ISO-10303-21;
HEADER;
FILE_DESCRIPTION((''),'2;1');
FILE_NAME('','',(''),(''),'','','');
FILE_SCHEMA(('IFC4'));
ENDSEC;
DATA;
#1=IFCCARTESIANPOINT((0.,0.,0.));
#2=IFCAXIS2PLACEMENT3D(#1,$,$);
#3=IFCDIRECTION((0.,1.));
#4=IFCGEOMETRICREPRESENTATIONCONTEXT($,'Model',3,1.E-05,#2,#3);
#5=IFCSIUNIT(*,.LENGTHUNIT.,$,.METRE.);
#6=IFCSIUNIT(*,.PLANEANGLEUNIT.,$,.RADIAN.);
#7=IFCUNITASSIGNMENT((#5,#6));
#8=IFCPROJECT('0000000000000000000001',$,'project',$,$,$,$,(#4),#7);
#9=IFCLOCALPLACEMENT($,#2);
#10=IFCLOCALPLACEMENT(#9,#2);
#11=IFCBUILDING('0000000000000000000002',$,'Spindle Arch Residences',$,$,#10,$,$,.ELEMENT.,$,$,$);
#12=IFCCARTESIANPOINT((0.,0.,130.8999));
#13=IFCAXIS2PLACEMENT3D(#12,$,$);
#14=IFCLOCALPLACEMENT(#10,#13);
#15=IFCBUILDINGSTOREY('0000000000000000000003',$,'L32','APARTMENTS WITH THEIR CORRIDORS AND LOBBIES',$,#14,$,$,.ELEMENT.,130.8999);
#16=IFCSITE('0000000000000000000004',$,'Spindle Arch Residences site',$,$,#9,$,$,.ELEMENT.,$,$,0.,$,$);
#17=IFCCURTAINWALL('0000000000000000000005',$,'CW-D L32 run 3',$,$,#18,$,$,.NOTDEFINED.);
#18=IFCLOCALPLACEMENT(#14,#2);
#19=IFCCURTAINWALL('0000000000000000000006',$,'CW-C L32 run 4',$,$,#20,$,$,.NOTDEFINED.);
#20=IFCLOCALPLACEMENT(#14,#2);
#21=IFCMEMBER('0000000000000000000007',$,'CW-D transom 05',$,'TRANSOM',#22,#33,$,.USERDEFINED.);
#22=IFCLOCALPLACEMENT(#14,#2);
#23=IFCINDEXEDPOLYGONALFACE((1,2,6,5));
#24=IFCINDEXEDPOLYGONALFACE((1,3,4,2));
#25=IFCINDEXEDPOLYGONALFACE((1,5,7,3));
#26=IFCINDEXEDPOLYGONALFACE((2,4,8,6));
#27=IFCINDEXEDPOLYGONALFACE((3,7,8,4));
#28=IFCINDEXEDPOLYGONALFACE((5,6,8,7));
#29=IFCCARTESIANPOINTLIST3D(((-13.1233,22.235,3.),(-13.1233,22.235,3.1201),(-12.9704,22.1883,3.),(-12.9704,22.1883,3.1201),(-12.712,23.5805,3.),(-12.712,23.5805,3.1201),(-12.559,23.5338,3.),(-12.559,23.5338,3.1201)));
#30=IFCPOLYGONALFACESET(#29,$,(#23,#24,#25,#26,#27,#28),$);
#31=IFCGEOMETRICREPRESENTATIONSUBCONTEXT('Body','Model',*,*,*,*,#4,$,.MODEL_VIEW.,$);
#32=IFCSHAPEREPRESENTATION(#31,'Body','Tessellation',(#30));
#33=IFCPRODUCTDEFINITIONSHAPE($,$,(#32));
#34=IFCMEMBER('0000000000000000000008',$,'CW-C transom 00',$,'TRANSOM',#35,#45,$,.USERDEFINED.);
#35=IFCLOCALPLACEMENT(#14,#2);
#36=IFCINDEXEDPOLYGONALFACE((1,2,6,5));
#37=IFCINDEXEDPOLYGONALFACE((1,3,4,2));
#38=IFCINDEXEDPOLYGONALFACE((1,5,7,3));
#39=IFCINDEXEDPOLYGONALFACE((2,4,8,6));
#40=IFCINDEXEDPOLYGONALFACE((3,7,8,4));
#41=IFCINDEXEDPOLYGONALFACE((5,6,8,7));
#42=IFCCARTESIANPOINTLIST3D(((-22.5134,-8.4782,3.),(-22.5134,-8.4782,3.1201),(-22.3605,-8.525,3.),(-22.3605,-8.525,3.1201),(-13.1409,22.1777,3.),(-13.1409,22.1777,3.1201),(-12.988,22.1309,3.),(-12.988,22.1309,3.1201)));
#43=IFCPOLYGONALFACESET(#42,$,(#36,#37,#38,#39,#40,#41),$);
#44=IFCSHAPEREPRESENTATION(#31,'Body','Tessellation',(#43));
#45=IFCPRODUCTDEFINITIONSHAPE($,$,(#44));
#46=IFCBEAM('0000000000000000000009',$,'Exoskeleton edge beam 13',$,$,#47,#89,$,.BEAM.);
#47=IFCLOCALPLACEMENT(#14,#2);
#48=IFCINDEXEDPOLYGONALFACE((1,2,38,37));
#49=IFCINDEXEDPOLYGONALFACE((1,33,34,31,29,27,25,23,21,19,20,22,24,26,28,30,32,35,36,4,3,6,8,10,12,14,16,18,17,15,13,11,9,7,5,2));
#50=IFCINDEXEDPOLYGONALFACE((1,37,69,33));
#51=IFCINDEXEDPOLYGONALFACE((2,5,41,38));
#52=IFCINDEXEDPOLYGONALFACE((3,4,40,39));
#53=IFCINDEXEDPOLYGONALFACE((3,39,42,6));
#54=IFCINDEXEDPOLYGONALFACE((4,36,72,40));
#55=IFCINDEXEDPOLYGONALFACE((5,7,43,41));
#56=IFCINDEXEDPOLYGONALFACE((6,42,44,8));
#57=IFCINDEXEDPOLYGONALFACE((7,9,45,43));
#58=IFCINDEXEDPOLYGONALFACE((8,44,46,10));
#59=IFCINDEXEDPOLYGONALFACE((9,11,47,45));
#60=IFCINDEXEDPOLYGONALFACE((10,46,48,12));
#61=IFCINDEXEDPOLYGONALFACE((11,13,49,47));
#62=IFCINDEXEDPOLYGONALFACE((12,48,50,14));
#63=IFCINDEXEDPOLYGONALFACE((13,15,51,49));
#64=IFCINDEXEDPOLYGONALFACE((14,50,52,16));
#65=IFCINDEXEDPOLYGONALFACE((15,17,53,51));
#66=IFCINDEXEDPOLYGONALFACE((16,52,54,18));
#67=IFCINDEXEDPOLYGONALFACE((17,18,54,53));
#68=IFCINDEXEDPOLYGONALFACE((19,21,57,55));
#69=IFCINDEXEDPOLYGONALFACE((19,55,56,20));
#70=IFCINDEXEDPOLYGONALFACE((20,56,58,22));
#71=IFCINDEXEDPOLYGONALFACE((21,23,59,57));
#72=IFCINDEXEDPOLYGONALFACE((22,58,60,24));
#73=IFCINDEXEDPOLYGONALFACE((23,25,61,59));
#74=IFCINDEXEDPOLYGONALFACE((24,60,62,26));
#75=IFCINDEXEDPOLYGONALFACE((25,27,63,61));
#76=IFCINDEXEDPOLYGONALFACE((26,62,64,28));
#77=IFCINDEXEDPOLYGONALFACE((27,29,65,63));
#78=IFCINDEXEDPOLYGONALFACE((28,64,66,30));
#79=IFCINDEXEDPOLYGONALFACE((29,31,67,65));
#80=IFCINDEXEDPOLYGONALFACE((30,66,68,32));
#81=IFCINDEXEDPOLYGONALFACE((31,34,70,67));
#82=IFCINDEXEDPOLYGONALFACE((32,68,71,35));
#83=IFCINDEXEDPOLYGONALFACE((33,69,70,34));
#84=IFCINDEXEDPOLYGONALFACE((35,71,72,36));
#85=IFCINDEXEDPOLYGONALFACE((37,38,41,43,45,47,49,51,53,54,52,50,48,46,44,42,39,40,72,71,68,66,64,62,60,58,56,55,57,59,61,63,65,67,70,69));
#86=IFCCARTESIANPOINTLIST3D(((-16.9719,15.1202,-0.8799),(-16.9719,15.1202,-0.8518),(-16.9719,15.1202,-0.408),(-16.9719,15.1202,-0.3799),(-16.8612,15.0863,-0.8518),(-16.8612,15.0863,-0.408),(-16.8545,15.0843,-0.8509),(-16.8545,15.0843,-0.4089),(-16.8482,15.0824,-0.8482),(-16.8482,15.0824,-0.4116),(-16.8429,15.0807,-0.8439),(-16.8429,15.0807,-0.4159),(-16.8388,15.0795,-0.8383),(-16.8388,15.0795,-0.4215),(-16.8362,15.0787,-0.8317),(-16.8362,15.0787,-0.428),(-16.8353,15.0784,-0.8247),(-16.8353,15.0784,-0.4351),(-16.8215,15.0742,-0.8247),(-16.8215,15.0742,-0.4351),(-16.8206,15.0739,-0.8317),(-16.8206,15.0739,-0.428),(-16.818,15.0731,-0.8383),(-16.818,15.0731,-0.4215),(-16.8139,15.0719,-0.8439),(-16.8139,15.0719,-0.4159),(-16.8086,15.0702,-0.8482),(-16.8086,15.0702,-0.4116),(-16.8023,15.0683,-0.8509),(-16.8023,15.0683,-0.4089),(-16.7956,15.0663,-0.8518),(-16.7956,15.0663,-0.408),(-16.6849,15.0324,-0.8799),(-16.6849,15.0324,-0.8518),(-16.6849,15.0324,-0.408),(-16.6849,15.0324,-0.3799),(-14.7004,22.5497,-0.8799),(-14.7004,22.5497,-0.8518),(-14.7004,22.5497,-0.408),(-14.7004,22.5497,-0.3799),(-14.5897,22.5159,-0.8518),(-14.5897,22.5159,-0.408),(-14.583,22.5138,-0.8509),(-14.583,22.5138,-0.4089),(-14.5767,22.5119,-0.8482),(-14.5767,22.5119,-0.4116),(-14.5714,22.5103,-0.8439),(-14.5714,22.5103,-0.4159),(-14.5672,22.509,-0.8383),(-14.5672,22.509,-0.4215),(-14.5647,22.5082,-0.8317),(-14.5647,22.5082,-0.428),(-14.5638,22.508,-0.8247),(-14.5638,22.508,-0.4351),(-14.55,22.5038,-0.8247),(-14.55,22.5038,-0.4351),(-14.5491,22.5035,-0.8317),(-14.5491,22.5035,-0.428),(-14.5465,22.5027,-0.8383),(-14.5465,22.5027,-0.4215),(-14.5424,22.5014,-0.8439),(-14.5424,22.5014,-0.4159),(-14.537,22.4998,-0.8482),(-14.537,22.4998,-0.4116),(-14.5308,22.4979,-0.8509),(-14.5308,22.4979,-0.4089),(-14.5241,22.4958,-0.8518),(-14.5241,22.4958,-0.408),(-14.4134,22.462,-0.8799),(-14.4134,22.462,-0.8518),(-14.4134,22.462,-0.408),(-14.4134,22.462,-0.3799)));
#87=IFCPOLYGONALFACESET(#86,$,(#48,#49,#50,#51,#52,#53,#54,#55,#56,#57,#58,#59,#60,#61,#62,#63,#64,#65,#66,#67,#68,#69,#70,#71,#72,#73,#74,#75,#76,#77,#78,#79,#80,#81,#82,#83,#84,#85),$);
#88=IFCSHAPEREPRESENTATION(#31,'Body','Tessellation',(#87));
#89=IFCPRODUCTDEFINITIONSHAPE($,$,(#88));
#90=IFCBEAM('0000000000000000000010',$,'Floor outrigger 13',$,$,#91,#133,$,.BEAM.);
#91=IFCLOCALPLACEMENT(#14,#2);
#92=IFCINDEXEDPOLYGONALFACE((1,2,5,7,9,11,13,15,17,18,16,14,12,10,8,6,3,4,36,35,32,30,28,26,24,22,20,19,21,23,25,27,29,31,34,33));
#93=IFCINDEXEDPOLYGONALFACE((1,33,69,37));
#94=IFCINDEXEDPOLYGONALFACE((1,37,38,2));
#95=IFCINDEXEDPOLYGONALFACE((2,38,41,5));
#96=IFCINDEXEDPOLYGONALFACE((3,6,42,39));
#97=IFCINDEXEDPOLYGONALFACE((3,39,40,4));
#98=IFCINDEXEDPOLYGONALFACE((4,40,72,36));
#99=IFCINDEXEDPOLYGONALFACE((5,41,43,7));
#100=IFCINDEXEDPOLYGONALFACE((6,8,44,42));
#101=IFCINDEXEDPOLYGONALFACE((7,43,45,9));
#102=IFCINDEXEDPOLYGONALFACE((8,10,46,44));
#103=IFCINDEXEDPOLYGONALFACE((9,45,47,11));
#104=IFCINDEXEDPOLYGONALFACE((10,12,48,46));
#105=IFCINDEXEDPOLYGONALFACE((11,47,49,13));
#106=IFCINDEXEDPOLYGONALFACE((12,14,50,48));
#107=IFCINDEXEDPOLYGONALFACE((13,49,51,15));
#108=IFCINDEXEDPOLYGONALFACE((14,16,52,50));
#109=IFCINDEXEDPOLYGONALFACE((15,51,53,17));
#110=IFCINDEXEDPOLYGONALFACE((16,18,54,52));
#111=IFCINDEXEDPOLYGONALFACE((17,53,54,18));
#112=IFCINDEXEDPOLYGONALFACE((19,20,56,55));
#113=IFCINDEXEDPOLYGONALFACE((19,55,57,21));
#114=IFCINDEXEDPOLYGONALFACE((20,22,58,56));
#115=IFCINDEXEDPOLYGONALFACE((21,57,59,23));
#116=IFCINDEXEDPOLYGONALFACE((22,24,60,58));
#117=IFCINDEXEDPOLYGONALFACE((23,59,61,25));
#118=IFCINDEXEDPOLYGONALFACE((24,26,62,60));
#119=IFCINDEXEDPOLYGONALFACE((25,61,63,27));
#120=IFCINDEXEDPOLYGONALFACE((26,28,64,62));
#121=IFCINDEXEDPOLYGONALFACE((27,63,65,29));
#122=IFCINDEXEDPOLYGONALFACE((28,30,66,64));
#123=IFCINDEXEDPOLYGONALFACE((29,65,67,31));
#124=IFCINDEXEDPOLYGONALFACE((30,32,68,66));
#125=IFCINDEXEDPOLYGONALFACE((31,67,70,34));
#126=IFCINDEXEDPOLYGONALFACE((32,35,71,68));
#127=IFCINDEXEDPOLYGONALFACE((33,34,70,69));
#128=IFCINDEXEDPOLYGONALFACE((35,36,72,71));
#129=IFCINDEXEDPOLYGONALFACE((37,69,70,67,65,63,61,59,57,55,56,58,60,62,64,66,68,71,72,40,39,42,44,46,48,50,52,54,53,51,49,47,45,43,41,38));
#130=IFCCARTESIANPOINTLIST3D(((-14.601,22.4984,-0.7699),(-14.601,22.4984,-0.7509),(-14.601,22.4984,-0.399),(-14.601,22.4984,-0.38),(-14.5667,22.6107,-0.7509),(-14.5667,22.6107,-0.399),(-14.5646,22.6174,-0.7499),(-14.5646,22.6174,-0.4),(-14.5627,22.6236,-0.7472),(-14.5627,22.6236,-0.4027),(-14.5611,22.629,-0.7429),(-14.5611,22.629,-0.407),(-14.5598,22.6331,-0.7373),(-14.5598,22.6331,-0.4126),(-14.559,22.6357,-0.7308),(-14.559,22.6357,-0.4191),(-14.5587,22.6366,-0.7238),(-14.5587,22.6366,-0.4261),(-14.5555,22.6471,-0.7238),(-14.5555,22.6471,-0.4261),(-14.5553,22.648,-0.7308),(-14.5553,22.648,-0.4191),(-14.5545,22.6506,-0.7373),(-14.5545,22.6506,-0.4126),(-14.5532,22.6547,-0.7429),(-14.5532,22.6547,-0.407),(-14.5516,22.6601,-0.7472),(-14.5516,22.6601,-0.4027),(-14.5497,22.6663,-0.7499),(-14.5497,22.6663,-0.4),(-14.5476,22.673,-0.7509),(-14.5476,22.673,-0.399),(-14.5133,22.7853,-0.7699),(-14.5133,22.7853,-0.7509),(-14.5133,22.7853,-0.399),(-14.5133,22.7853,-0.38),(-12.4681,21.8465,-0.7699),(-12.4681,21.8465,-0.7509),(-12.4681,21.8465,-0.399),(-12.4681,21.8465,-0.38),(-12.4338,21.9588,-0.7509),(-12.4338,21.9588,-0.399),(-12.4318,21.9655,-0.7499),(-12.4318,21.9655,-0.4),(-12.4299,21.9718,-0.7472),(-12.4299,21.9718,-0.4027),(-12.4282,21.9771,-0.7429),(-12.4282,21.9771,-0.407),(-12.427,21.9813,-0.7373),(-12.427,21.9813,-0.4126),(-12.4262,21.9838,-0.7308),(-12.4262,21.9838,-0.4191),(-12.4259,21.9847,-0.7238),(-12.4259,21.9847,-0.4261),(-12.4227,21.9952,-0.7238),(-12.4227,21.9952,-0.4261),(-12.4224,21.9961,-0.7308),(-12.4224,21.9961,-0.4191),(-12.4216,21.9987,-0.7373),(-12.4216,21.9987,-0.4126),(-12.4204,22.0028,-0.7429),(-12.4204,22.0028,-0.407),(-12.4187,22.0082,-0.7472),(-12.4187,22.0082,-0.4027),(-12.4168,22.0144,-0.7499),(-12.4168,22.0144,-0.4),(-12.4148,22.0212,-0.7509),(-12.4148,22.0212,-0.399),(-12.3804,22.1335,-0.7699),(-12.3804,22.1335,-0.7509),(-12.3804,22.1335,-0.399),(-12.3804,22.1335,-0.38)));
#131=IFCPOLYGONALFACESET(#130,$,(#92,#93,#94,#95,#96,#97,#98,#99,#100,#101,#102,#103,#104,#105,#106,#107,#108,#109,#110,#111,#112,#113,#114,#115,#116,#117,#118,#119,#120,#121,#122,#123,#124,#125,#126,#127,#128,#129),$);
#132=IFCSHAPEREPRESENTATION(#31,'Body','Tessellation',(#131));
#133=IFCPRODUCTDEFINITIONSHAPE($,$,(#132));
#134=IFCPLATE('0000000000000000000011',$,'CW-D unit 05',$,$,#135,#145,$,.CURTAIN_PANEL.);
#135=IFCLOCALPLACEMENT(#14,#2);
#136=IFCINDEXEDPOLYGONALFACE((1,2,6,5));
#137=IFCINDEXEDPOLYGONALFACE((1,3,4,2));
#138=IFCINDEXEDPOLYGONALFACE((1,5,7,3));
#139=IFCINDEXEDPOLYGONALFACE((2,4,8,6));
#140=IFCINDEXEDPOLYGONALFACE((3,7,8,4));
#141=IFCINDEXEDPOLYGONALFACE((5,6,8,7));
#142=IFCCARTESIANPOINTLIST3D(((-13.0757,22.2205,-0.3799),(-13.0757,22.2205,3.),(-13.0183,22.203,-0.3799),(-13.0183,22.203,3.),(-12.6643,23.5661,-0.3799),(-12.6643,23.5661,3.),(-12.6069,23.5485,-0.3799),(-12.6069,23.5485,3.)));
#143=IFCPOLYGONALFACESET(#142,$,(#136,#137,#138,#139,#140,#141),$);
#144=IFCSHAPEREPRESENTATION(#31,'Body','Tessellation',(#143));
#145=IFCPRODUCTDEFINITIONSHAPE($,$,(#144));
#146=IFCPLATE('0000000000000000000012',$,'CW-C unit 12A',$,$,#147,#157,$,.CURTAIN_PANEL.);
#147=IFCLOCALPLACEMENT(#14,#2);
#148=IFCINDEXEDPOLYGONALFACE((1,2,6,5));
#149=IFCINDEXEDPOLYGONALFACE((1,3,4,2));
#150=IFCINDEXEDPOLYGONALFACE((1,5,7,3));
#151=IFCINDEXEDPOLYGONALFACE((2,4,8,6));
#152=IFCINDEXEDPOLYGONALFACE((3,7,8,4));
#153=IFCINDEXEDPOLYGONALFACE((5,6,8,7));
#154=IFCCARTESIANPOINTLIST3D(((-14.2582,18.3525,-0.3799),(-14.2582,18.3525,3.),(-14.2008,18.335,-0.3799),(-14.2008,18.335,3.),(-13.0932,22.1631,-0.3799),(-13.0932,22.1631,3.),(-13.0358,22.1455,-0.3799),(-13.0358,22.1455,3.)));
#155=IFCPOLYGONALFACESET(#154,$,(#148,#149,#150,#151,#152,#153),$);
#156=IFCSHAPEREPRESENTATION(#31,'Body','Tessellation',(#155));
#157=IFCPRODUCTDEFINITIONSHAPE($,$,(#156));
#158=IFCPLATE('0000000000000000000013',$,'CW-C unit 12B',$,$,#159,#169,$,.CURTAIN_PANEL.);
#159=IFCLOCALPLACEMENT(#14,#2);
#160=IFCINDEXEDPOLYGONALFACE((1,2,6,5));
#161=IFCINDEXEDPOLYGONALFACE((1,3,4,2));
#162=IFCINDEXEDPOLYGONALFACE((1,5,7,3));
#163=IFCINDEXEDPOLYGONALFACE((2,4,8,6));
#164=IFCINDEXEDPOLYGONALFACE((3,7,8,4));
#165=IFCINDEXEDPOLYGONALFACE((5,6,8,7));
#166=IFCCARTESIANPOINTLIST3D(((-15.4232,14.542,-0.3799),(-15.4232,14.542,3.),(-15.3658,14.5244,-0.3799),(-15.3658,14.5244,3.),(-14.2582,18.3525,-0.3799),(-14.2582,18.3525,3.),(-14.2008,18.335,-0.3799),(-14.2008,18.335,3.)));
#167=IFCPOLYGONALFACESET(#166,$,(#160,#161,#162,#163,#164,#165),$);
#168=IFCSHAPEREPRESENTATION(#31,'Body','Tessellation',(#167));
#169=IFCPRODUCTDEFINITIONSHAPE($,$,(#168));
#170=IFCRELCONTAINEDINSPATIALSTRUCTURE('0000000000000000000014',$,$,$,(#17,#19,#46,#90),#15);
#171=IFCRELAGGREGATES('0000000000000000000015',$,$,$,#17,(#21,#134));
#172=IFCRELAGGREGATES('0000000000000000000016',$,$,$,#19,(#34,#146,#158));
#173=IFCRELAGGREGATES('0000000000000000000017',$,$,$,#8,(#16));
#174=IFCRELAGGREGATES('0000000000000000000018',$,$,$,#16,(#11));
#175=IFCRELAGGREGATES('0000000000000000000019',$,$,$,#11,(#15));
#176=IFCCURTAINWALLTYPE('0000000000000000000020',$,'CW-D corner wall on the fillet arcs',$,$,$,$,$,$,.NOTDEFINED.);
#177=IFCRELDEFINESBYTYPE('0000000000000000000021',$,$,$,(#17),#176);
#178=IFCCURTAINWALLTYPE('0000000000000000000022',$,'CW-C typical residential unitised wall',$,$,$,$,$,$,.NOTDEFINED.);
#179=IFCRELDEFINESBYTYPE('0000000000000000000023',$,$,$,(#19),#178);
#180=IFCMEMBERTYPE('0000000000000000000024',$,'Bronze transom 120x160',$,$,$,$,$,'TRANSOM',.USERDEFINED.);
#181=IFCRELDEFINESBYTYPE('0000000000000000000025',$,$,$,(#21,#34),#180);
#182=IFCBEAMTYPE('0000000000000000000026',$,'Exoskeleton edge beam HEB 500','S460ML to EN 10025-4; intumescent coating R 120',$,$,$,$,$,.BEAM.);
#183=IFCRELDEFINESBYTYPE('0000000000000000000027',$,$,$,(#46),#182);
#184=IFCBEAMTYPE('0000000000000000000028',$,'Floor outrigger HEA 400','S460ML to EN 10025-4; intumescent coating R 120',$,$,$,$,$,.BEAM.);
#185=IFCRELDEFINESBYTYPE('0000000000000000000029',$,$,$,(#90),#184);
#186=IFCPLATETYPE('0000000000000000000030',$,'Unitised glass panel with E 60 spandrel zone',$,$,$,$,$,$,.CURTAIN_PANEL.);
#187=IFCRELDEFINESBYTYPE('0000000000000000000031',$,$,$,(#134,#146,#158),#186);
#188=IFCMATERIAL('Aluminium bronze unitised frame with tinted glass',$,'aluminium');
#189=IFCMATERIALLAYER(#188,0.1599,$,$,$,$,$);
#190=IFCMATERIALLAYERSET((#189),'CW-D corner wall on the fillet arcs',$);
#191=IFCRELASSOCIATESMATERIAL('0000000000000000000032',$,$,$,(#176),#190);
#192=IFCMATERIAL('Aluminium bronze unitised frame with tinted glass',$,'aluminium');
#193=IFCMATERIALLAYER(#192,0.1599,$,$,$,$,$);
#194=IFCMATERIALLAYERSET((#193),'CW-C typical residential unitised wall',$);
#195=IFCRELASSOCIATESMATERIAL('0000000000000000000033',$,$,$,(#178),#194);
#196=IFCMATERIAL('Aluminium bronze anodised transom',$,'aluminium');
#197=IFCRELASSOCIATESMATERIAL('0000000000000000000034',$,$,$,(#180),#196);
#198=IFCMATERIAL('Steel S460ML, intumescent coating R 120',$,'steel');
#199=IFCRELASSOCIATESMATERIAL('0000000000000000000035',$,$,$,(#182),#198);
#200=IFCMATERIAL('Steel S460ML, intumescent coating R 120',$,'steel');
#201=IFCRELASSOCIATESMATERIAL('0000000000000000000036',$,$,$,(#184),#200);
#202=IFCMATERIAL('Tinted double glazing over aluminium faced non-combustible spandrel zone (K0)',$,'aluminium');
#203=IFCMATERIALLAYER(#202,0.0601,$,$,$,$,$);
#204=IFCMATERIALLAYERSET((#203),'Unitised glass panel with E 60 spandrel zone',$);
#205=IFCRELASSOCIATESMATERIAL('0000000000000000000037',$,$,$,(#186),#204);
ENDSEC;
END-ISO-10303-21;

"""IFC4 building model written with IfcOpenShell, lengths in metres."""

from ifc_helpers import new_model, si_unit, direction, frame, origin, origin_2d, place, context, subcontext, project, spatial, rectangle, i_section, extrude, material, layer, layer_set, material_profile, profile_set, type_object, element, aggregate, save


model = new_model("IFC4")

# Units and contexts
model_context = context("Model", 3, precision=1e-05, world=origin(), true_north=direction((0.0, 1.0)))
body_context = subcontext(model_context, "Body", "Model", "MODEL_VIEW")
ifc_project = project(units=[si_unit("LENGTHUNIT", "METRE"), si_unit("PLANEANGLEUNIT", "RADIAN")], contexts=[model_context])

# Site, building, storey
site_placement = place(None, origin())
site = spatial("IfcSite", under=ifc_project, at=site_placement, Name="Spindle Arch Residences site", CompositionType="ELEMENT", RefElevation=0.0)
building_placement = place(site_placement, origin())
building = spatial("IfcBuilding", under=site, at=building_placement, Name="Spindle Arch Residences", CompositionType="ELEMENT")
storey_placement = place(building_placement, frame((0.0, 0.0, 130.8999)))
storey = spatial("IfcBuildingStorey", under=building, at=storey_placement, Name="L32", Description="APARTMENTS WITH THEIR CORRIDORS AND LOBBIES", CompositionType="ELEMENT", Elevation=130.8999)

# Curtain walls
ifc_material_1 = material(Name="Aluminium bronze unitised frame with tinted glass", Category="aluminium")
ifc_layer_1 = layer(ifc_material_1, 0.1599)
ifc_layer_set_1 = layer_set([ifc_layer_1], Name="CW-D corner wall on the fillet arcs")
curtain_wall_type_1 = type_object("IfcCurtainWallType", Name="CW-D corner wall on the fillet arcs", PredefinedType="NOTDEFINED", material=ifc_layer_set_1)
curtain_wall_1_placement = place(storey_placement, origin())
curtain_wall_1 = element("IfcCurtainWall", 1, at=curtain_wall_1_placement, inside=storey, type_object=curtain_wall_type_1, Name="CW-D L32 run 3", PredefinedType="NOTDEFINED")
ifc_material_2 = material(Name="Aluminium bronze unitised frame with tinted glass", Category="aluminium")
ifc_layer_2 = layer(ifc_material_2, 0.1599)
ifc_layer_set_2 = layer_set([ifc_layer_2], Name="CW-C typical residential unitised wall")
curtain_wall_type_2 = type_object("IfcCurtainWallType", Name="CW-C typical residential unitised wall", PredefinedType="NOTDEFINED", material=ifc_layer_set_2)
curtain_wall_2_placement = place(storey_placement, origin())
curtain_wall_2 = element("IfcCurtainWall", 2, at=curtain_wall_2_placement, inside=storey, type_object=curtain_wall_type_2, Name="CW-C L32 run 4", PredefinedType="NOTDEFINED")

# Members
ifc_material_3 = material(Name="Aluminium bronze anodised transom", Category="aluminium")
ifc_material_profile_1 = material_profile(ifc_material_3, rectangle(XDim=0.1599, YDim=0.1201, at=origin_2d()), Name="TR 120x160")
ifc_profile_set_1 = profile_set([ifc_material_profile_1], Name="Aluminium bronze anodised transom")
member_type_1 = type_object("IfcMemberType", Name="Bronze transom 120x160", ElementType="TRANSOM", PredefinedType="USERDEFINED", material=ifc_profile_set_1)
member_1_placement = place(storey_placement, frame((-12.6355, 23.5571, 3.0601), z_axis=(-0.29239, -0.956299, 0.0), x_axis=(0.956299, -0.29239, 0.0)))
member_1 = element("IfcMember", 3, at=member_1_placement, type_object=member_type_1, Name="CW-D transom 05", ObjectType="TRANSOM", PredefinedType="USERDEFINED", context=body_context, shape_type="SweptSolid", body=[
    extrude(rectangle(XDim=0.1599, YDim=0.1201, at=origin_2d()), origin(), (0.0, 0.0, 1.0), 1.407),
])
member_2_placement = place(storey_placement, frame((-13.0645, 22.1543, 3.0601), z_axis=(-0.292374, -0.956304, 0.0), x_axis=(0.956304, -0.292374, 0.0)))
member_2 = element("IfcMember", 4, at=member_2_placement, type_object=member_type_1, Name="CW-C transom 00", ObjectType="TRANSOM", PredefinedType="USERDEFINED", context=body_context, shape_type="SweptSolid", body=[
    extrude(rectangle(XDim=0.1599, YDim=0.1201, at=origin_2d()), origin(), (0.0, 0.0, 1.0), 32.0566),
])

# Beams
ifc_material_4 = material(Name="Steel S460ML, intumescent coating R 120", Category="steel")
ifc_material_profile_2 = material_profile(ifc_material_4, i_section(OverallWidth=0.3, OverallDepth=0.5, WebThickness=0.0144, FlangeThickness=0.0281, FilletRadius=0.0271, at=origin_2d()), Name="HEB 500")
ifc_profile_set_2 = profile_set([ifc_material_profile_2], Name="Steel S460ML, intumescent coating R 120")
beam_type_1 = type_object("IfcBeamType", Name="Exoskeleton edge beam HEB 500", Description="S460ML to EN 10025-4; intumescent coating R 120", PredefinedType="BEAM", material=ifc_profile_set_2)
beam_1_placement = place(storey_placement, frame((-14.5569, 22.5059, -0.6299), z_axis=(-0.292381, -0.956302, 0.0), x_axis=(0.956302, -0.292381, 0.0)))
element("IfcBeam", 5, at=beam_1_placement, inside=storey, type_object=beam_type_1, Name="Exoskeleton edge beam 13", PredefinedType="BEAM", context=body_context, shape_type="SweptSolid", body=[
    extrude(i_section(OverallWidth=0.3, OverallDepth=0.5, WebThickness=0.0144, FlangeThickness=0.0281, FilletRadius=0.0271, at=origin_2d()), origin(), (0.0, 0.0, 1.0), 7.769),
])
ifc_material_5 = material(Name="Steel S460ML, intumescent coating R 120", Category="steel")
ifc_material_profile_3 = material_profile(ifc_material_5, i_section(OverallWidth=0.3, OverallDepth=0.3899, WebThickness=0.011, FlangeThickness=0.019, FilletRadius=0.0271, at=origin_2d()), Name="HEA 400")
ifc_profile_set_3 = profile_set([ifc_material_profile_3], Name="Steel S460ML, intumescent coating R 120")
beam_type_2 = type_object("IfcBeamType", Name="Floor outrigger HEA 400", Description="S460ML to EN 10025-4; intumescent coating R 120", PredefinedType="BEAM", material=ifc_profile_set_3)
beam_2_placement = place(storey_placement, frame((-14.5571, 22.6418, -0.575), z_axis=(0.956331, -0.292285, 0.0), x_axis=(0.292285, 0.956331, 0.0)))
element("IfcBeam", 6, at=beam_2_placement, inside=storey, type_object=beam_type_2, Name="Floor outrigger 13", PredefinedType="BEAM", context=body_context, shape_type="SweptSolid", body=[
    extrude(i_section(OverallWidth=0.3, OverallDepth=0.3899, WebThickness=0.011, FlangeThickness=0.019, FilletRadius=0.0271, at=origin_2d()), origin(), (0.0, 0.0, 1.0), 2.2302),
])

# Plates
ifc_material_6 = material(Name="Tinted double glazing over aluminium faced non-combustible spandrel zone (K0)", Category="aluminium")
ifc_layer_3 = layer(ifc_material_6, 0.0601)
ifc_layer_set_3 = layer_set([ifc_layer_3], Name="Unitised glass panel with E 60 spandrel zone")
plate_type = type_object("IfcPlateType", Name="Unitised glass panel with E 60 spandrel zone", PredefinedType="CURTAIN_PANEL", material=ifc_layer_set_3)
plate_1_placement = place(storey_placement, frame((-12.8413, 22.8845, -0.3799), z_axis=(0.0, 0.0, 1.0), x_axis=(-0.292372, -0.956305, 0.0)))
plate_1 = element("IfcPlate", 7, at=plate_1_placement, type_object=plate_type, Name="CW-D unit 05", PredefinedType="CURTAIN_PANEL", context=body_context, shape_type="SweptSolid", body=[
    extrude(rectangle(XDim=1.407, YDim=0.0601, at=origin_2d()), origin(), (0.0, 0.0, 1.0), 3.3799),
])
aggregate(curtain_wall_1, [member_1, plate_1])
plate_2_placement = place(storey_placement, frame((-13.647, 20.249, -0.3799), z_axis=(0.0, 0.0, 1.0), x_axis=(-0.292372, -0.956305, 0.0)))
plate_2 = element("IfcPlate", 8, at=plate_2_placement, type_object=plate_type, Name="CW-C unit 12A", PredefinedType="CURTAIN_PANEL", context=body_context, shape_type="SweptSolid", body=[
    extrude(rectangle(XDim=3.9846, YDim=0.0601, at=origin_2d()), origin(), (0.0, 0.0, 1.0), 3.3799),
])
plate_3_placement = place(storey_placement, frame((-14.812, 16.4385, -0.3799), z_axis=(0.0, 0.0, 1.0), x_axis=(-0.292372, -0.956305, 0.0)))
plate_3 = element("IfcPlate", 9, at=plate_3_placement, type_object=plate_type, Name="CW-C unit 12B", PredefinedType="CURTAIN_PANEL", context=body_context, shape_type="SweptSolid", body=[
    extrude(rectangle(XDim=3.9846, YDim=0.0601, at=origin_2d()), origin(), (0.0, 0.0, 1.0), 3.3799),
])
aggregate(curtain_wall_2, [member_2, plate_2, plate_3])

save(model, "model.ifc")
